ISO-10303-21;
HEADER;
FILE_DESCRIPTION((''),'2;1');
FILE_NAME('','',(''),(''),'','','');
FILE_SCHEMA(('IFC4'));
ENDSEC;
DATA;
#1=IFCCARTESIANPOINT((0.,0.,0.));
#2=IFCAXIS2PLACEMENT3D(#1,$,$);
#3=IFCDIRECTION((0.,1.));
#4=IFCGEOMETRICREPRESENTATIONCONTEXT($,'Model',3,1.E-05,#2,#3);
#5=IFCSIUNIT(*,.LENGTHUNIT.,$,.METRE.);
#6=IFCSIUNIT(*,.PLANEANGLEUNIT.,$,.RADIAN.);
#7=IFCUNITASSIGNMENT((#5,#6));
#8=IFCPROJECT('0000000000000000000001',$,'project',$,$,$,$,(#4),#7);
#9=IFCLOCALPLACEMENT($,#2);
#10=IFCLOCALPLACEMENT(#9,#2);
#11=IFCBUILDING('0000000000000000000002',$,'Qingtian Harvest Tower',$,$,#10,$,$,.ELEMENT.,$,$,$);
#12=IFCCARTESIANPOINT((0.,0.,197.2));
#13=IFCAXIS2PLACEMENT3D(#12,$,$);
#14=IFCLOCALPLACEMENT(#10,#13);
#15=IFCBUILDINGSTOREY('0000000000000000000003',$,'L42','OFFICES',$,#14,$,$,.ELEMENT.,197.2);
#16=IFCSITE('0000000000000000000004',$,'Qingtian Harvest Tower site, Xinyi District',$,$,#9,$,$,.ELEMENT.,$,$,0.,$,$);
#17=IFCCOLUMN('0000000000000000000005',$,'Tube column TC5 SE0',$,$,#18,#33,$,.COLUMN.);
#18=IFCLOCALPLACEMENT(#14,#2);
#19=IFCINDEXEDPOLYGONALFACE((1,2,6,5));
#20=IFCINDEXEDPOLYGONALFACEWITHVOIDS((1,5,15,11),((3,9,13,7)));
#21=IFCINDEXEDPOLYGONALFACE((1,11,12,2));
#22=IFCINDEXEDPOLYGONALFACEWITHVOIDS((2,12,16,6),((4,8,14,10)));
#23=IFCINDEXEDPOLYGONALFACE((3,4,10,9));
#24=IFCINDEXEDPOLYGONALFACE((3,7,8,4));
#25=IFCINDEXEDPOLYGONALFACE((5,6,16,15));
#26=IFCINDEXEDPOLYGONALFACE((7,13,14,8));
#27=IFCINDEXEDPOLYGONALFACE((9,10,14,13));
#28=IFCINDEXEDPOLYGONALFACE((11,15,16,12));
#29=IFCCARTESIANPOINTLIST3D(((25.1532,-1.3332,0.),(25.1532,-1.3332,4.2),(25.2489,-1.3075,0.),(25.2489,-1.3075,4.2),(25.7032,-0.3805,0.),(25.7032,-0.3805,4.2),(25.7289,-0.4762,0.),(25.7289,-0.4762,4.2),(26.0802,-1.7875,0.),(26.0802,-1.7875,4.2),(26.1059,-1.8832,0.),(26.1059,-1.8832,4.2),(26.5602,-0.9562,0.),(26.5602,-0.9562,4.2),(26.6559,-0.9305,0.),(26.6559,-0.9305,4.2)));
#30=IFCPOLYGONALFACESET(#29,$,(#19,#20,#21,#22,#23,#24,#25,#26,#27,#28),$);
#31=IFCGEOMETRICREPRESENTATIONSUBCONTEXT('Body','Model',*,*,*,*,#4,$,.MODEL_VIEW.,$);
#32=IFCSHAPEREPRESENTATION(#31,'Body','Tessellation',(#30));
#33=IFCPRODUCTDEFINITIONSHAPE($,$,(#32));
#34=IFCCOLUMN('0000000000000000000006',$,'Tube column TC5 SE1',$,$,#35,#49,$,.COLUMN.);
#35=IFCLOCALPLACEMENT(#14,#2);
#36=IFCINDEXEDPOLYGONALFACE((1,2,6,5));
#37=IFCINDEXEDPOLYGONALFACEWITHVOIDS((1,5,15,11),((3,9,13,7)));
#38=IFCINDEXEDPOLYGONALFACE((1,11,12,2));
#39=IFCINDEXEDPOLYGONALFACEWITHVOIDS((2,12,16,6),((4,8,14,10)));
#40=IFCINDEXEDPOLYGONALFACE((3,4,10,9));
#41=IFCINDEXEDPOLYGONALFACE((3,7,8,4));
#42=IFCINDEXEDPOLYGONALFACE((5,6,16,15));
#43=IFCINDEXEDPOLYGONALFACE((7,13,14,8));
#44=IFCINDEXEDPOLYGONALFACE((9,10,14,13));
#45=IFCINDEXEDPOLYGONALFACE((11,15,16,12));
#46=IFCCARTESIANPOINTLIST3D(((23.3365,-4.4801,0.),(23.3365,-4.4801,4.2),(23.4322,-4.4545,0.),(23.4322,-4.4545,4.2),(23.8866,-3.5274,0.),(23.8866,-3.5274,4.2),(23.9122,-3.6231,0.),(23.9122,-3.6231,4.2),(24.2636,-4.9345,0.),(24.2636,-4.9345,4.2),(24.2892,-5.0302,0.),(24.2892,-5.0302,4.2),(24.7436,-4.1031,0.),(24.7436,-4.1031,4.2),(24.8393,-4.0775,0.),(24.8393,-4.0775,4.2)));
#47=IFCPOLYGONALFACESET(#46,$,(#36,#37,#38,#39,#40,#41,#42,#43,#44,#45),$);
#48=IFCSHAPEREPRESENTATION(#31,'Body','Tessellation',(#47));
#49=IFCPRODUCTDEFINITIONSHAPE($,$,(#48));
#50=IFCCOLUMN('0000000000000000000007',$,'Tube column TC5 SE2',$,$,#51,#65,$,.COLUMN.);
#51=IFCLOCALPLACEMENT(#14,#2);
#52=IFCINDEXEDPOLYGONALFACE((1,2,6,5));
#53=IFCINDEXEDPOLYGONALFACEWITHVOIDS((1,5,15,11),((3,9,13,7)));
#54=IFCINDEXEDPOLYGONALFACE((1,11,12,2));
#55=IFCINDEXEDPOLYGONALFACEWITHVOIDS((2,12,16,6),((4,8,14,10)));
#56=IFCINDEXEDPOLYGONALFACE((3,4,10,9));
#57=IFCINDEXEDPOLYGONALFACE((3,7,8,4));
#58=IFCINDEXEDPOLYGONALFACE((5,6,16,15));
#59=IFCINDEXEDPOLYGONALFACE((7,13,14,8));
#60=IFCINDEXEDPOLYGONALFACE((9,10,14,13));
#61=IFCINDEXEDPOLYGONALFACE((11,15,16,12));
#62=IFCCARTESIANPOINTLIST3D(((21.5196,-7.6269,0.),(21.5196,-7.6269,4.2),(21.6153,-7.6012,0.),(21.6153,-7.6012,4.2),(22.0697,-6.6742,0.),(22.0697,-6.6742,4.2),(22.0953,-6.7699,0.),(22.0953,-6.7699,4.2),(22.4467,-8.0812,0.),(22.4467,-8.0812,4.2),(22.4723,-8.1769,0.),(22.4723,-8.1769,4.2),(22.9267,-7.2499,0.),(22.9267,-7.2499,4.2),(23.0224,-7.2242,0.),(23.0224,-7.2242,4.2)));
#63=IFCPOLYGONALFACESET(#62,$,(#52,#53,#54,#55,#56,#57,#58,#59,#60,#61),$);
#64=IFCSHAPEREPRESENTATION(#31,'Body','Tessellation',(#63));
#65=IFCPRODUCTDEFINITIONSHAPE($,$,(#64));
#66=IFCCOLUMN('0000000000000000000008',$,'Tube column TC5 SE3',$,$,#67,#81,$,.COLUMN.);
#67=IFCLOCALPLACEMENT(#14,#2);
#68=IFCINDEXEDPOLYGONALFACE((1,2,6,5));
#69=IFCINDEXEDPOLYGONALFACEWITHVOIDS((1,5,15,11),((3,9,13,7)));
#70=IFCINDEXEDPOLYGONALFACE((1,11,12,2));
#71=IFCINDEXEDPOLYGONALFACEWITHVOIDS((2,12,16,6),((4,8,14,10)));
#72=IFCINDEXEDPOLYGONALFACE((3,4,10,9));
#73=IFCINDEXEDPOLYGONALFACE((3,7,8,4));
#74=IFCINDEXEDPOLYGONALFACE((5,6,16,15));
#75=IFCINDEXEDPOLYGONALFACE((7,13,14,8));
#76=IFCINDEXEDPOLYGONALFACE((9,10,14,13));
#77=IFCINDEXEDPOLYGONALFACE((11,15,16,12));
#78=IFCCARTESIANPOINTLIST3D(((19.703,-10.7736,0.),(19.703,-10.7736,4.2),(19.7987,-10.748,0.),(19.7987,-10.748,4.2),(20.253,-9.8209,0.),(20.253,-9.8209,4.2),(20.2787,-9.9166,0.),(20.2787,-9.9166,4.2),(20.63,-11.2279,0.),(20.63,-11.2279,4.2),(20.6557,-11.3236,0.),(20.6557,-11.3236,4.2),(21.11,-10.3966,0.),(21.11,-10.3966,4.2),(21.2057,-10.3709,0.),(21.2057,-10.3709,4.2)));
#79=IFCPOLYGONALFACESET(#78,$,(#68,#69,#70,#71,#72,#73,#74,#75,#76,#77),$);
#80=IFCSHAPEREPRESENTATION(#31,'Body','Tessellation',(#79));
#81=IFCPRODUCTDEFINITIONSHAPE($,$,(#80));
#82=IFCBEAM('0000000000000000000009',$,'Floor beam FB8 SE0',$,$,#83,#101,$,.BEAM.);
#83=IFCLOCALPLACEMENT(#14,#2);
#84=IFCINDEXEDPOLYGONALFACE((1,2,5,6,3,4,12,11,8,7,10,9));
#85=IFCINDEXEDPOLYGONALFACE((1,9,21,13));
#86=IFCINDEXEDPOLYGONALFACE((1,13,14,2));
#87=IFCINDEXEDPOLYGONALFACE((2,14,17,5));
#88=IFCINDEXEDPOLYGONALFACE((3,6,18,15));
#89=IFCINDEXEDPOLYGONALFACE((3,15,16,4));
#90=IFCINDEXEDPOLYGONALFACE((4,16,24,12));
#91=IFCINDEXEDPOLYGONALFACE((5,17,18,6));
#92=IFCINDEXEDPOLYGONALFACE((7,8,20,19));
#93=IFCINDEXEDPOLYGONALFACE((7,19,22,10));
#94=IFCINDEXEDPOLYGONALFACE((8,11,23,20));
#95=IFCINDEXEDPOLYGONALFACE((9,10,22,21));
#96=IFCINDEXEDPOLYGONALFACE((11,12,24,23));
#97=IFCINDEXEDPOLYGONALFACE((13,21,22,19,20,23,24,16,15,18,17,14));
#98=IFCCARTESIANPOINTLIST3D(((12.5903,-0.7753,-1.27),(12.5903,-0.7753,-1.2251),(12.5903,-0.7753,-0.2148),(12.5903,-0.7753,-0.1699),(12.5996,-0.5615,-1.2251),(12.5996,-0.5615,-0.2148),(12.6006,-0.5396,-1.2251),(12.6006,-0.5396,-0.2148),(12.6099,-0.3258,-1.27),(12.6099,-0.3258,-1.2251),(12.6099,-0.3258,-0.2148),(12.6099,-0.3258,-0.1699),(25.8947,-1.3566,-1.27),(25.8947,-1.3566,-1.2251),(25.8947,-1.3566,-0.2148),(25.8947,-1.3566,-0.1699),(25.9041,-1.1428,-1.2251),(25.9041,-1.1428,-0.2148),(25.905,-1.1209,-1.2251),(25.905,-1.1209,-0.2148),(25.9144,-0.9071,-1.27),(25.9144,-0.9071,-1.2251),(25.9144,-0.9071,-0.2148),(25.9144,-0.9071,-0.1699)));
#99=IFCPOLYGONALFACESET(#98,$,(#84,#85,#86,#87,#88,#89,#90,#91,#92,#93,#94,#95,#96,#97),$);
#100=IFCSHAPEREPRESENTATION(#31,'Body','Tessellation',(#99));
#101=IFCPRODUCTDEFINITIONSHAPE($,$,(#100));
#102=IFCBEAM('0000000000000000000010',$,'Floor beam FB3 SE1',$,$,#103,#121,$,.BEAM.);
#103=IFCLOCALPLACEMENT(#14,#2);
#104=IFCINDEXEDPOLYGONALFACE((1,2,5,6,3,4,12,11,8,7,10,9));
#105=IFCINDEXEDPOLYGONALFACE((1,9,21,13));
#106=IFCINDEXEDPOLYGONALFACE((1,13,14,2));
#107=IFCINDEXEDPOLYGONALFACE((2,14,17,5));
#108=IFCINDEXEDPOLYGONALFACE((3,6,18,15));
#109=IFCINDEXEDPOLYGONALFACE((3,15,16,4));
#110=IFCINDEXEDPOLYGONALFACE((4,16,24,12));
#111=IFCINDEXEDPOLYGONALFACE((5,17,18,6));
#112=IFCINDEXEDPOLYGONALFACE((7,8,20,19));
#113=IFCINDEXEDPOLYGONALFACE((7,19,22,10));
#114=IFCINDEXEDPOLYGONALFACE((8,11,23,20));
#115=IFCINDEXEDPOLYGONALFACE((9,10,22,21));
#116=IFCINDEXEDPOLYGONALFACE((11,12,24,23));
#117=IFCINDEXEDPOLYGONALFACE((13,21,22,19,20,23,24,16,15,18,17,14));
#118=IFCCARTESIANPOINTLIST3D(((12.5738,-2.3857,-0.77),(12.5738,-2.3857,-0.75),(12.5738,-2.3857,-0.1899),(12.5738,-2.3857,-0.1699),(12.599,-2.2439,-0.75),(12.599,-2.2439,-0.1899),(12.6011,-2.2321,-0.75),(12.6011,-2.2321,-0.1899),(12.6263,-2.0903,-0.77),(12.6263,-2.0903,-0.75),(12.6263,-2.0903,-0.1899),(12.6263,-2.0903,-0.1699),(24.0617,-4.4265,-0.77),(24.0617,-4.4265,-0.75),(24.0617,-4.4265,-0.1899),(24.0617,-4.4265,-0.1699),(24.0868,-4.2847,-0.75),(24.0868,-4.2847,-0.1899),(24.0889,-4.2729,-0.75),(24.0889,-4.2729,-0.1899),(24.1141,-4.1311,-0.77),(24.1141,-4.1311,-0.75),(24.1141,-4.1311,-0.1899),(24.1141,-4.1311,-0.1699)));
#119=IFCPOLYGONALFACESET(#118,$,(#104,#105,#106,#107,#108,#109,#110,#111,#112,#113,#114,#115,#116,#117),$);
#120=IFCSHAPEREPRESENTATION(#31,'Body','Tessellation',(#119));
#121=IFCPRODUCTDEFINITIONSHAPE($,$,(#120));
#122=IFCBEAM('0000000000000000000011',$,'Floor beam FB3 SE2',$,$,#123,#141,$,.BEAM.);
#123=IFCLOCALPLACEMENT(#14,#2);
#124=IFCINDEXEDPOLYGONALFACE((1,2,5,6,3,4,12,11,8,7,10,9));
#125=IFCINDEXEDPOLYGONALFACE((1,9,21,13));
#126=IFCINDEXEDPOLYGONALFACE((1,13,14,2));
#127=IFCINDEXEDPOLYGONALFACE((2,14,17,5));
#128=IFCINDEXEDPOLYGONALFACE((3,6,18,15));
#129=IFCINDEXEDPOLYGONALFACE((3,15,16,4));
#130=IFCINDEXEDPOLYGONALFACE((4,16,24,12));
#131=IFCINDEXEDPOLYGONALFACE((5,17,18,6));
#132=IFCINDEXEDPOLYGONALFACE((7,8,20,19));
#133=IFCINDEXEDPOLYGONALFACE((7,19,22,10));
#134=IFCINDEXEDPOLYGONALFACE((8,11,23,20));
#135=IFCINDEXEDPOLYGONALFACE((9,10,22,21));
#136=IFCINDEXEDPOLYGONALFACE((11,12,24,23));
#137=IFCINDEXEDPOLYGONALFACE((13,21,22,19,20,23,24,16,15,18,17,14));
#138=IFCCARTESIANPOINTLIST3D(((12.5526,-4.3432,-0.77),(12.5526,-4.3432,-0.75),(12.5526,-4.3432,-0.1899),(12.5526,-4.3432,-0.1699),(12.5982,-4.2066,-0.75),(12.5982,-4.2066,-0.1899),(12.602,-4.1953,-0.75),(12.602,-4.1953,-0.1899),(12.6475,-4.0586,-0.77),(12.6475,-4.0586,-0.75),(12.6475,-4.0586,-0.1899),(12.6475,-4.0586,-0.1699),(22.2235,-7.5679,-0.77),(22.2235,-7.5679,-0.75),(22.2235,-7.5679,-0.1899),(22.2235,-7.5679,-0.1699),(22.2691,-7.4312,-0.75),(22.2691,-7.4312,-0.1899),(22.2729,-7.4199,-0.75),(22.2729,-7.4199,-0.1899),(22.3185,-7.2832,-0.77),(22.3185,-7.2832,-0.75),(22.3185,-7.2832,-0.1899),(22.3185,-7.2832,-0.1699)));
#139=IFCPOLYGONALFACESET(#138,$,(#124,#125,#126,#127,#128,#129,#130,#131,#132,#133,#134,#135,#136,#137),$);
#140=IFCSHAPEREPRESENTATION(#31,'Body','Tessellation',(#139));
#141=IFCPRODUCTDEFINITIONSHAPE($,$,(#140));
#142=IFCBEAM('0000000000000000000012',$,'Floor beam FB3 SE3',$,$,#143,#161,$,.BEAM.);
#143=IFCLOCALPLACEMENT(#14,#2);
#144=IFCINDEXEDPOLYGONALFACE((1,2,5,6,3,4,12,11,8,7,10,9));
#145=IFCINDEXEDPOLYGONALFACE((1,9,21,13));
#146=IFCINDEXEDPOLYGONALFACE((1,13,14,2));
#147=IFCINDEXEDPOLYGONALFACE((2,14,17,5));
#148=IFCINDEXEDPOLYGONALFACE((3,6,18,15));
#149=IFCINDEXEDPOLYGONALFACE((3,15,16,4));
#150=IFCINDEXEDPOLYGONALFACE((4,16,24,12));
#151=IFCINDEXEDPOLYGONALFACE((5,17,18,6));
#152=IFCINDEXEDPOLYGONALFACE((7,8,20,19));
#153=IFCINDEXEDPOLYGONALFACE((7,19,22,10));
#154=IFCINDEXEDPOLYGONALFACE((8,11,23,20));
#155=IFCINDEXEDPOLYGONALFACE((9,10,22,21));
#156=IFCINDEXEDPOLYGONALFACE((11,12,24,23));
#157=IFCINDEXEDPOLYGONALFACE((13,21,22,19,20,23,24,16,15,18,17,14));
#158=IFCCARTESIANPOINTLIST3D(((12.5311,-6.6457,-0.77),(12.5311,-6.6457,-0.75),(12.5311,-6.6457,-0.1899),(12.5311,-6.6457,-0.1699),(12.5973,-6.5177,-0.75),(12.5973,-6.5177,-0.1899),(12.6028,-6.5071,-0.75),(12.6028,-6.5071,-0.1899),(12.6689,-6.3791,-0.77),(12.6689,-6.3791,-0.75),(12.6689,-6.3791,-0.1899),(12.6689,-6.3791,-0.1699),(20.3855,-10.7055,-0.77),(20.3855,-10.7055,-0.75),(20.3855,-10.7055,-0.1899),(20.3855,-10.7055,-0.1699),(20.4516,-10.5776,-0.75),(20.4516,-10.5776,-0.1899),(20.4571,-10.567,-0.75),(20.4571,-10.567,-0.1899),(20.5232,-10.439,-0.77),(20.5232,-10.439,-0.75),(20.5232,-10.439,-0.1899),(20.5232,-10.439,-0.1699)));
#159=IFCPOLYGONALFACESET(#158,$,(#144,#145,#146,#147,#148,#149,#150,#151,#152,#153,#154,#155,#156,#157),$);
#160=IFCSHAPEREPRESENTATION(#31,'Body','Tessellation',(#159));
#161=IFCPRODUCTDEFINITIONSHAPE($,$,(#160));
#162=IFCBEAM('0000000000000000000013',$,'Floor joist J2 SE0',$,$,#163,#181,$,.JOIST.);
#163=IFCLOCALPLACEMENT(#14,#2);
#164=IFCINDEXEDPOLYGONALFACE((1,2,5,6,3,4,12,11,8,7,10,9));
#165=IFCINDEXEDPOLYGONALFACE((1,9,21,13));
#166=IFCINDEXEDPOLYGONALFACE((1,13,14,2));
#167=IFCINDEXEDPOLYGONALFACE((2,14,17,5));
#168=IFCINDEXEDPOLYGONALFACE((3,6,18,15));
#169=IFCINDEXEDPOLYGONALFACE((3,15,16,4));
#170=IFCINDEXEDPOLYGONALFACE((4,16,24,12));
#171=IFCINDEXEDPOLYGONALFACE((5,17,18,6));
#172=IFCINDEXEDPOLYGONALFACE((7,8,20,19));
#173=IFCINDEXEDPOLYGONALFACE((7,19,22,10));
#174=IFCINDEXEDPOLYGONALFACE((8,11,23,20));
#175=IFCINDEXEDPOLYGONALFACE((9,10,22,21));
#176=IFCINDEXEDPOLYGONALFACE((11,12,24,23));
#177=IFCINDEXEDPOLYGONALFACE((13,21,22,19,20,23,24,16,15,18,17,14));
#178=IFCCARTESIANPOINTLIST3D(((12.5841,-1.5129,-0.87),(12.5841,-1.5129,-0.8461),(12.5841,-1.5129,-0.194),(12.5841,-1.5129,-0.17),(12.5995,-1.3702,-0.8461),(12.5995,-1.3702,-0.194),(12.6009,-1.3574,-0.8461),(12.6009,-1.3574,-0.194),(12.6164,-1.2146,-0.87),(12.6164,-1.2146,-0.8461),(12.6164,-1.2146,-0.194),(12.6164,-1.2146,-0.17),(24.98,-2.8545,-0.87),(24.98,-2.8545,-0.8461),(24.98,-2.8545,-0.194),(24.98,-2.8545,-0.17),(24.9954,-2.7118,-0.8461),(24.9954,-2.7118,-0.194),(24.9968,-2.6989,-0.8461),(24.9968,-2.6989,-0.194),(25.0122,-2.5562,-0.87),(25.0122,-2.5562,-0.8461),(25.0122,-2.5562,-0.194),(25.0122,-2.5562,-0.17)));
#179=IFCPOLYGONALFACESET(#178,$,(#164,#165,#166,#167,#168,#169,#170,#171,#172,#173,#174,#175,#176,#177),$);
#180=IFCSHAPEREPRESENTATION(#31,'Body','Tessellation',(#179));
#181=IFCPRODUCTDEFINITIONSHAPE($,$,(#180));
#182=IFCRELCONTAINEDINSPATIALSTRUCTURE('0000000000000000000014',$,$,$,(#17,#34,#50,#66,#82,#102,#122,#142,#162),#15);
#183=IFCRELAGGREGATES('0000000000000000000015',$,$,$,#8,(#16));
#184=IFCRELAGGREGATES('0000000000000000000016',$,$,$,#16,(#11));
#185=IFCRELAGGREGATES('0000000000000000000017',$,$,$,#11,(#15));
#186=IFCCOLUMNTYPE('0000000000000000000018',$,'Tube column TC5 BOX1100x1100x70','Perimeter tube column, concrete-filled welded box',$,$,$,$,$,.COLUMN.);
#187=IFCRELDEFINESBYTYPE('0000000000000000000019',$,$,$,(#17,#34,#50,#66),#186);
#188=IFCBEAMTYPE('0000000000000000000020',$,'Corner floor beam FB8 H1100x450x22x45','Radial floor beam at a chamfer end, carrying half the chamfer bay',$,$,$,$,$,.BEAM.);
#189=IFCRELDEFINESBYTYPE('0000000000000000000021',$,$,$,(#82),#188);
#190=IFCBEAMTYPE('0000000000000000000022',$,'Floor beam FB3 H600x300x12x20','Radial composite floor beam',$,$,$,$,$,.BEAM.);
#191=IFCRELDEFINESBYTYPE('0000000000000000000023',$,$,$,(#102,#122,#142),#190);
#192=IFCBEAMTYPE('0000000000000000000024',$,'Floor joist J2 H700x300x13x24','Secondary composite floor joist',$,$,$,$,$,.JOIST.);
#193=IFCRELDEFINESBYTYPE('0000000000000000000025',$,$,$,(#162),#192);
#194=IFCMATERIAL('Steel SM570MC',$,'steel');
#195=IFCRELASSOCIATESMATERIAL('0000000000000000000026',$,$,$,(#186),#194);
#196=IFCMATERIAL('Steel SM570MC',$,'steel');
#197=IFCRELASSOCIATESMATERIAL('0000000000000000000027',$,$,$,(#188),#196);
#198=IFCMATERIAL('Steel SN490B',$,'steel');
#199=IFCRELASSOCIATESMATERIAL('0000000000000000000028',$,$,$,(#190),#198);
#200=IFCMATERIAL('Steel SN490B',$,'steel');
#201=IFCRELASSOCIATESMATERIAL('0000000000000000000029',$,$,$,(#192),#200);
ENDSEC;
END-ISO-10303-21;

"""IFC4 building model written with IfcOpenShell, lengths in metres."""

from ifc_helpers import new_model, si_unit, direction, frame, origin, origin_2d, place, context, subcontext, project, spatial, hollow_rectangle, i_section, extrude, material, material_profile, profile_set, type_object, element, save


model = new_model("IFC4")

# Units and contexts
model_context = context("Model", 3, precision=1e-05, world=origin(), true_north=direction((0.0, 1.0)))
body_context = subcontext(model_context, "Body", "Model", "MODEL_VIEW")
ifc_project = project(units=[si_unit("LENGTHUNIT", "METRE"), si_unit("PLANEANGLEUNIT", "RADIAN")], contexts=[model_context])

# Site, building, storey
site_placement = place(None, origin())
site = spatial("IfcSite", under=ifc_project, at=site_placement, Name="Qingtian Harvest Tower site, Xinyi District", CompositionType="ELEMENT", RefElevation=0.0)
building_placement = place(site_placement, origin())
building = spatial("IfcBuilding", under=site, at=building_placement, Name="Qingtian Harvest Tower", CompositionType="ELEMENT")
storey_placement = place(building_placement, frame((0.0, 0.0, 197.2)))
storey = spatial("IfcBuildingStorey", under=building, at=storey_placement, Name="L42", Description="OFFICES", CompositionType="ELEMENT", Elevation=197.2)

# Columns
ifc_material_1 = material(Name="Steel SM570MC", Category="steel")
ifc_material_profile_1 = material_profile(ifc_material_1, hollow_rectangle(XDim=1.1001, YDim=1.1001, WallThickness=0.0701, at=origin_2d()), Name="BOX1100x1100x70")
ifc_profile_set_1 = profile_set([ifc_material_profile_1], Name="Steel SM570MC")
column_type = type_object("IfcColumnType", Name="Tube column TC5 BOX1100x1100x70", Description="Perimeter tube column, concrete-filled welded box", PredefinedType="COLUMN", material=ifc_profile_set_1)
for number, where, z_axis, x_axis, name in (
    (1, (25.9045, -1.1318, 0.0), (0.0, 0.0, 1.0), (0.5, 0.866025, 0.0), "Tube column TC5 SE0"),
    (2, (24.0879, -4.2788, 0.0), (0.0, 0.0, 1.0), (0.5, 0.866025, 0.0), "Tube column TC5 SE1"),
    (3, (22.271, -7.4255, 0.0), (0.0, 0.0, 1.0), (0.5, 0.866025, 0.0), "Tube column TC5 SE2"),
    (4, (20.4543, -10.5723, 0.0), (0.0, 0.0, 1.0), (0.5, 0.866025, 0.0), "Tube column TC5 SE3"),
):
    element("IfcColumn", number, at=place(storey_placement, frame(where, z_axis=z_axis, x_axis=x_axis)), inside=storey, type_object=column_type, Name=name, PredefinedType="COLUMN", context=body_context, shape_type="SweptSolid", body=[
        extrude(hollow_rectangle(XDim=1.1001, YDim=1.1001, WallThickness=0.0701, at=origin_2d()), origin(), (0.0, 0.0, 1.0), 4.2),
    ])

# Beams
ifc_material_2 = material(Name="Steel SM570MC", Category="steel")
ifc_material_profile_2 = material_profile(ifc_material_2, i_section(OverallWidth=0.45, OverallDepth=1.1001, WebThickness=0.022, FlangeThickness=0.0449, at=origin_2d()), Name="H1100x450x22x45")
ifc_profile_set_2 = profile_set([ifc_material_profile_2], Name="Steel SM570MC")
beam_type_1 = type_object("IfcBeamType", Name="Corner floor beam FB8 H1100x450x22x45", Description="Radial floor beam at a chamfer end, carrying half the chamfer bay", PredefinedType="BEAM", material=ifc_profile_set_2)
beam_1_placement = place(storey_placement, frame((25.9045, -1.1318, -0.72), z_axis=(-0.999047, 0.04365, 0.0), x_axis=(-0.04365, -0.999047, 0.0)))
element("IfcBeam", 5, at=beam_1_placement, inside=storey, type_object=beam_type_1, Name="Floor beam FB8 SE0", PredefinedType="BEAM", context=body_context, shape_type="SweptSolid", body=[
    extrude(i_section(OverallWidth=0.45, OverallDepth=1.1001, WebThickness=0.022, FlangeThickness=0.0449, at=origin_2d()), origin(), (0.0, 0.0, 1.0), 13.3171),
])
ifc_material_3 = material(Name="Steel SN490B", Category="steel")
ifc_material_profile_3 = material_profile(ifc_material_3, i_section(OverallWidth=0.3, OverallDepth=0.6001, WebThickness=0.012, FlangeThickness=0.02, at=origin_2d()), Name="H600x300x12x20")
ifc_profile_set_3 = profile_set([ifc_material_profile_3], Name="Steel SN490B")
beam_type_2 = type_object("IfcBeamType", Name="Floor beam FB3 H600x300x12x20", Description="Radial composite floor beam", PredefinedType="BEAM", material=ifc_profile_set_3)
beam_2_placement = place(storey_placement, frame((24.0879, -4.2788, -0.47), z_axis=(-0.984585, 0.174908, 0.0), x_axis=(-0.174908, -0.984585, 0.0)))
element("IfcBeam", 6, at=beam_2_placement, inside=storey, type_object=beam_type_2, Name="Floor beam FB3 SE1", PredefinedType="BEAM", context=body_context, shape_type="SweptSolid", body=[
    extrude(i_section(OverallWidth=0.3, OverallDepth=0.6001, WebThickness=0.012, FlangeThickness=0.02, at=origin_2d()), origin(), (0.0, 0.0, 1.0), 11.6677),
])
beam_3_placement = place(storey_placement, frame((22.271, -7.4255, -0.47), z_axis=(-0.948655, 0.316314, 0.0), x_axis=(-0.316314, -0.948655, 0.0)))
element("IfcBeam", 7, at=beam_3_placement, inside=storey, type_object=beam_type_2, Name="Floor beam FB3 SE2", PredefinedType="BEAM", context=body_context, shape_type="SweptSolid", body=[
    extrude(i_section(OverallWidth=0.3, OverallDepth=0.6001, WebThickness=0.012, FlangeThickness=0.02, at=origin_2d()), origin(), (0.0, 0.0, 1.0), 10.1943),
])
beam_4_placement = place(storey_placement, frame((20.4543, -10.5723, -0.47), z_axis=(-0.888344, 0.45918, 0.0), x_axis=(-0.45918, -0.888344, 0.0)))
element("IfcBeam", 8, at=beam_4_placement, inside=storey, type_object=beam_type_2, Name="Floor beam FB3 SE3", PredefinedType="BEAM", context=body_context, shape_type="SweptSolid", body=[
    extrude(i_section(OverallWidth=0.3, OverallDepth=0.6001, WebThickness=0.012, FlangeThickness=0.02, at=origin_2d()), origin(), (0.0, 0.0, 1.0), 8.8416),
])
ifc_material_4 = material(Name="Steel SN490B", Category="steel")
ifc_material_profile_4 = material_profile(ifc_material_4, i_section(OverallWidth=0.3, OverallDepth=0.7, WebThickness=0.0129, FlangeThickness=0.0239, at=origin_2d()), Name="H700x300x13x24")
ifc_profile_set_4 = profile_set([ifc_material_profile_4], Name="Steel SN490B")
beam_type_3 = type_object("IfcBeamType", Name="Floor joist J2 H700x300x13x24", Description="Secondary composite floor joist", PredefinedType="JOIST", material=ifc_profile_set_4)
beam_5_placement = place(storey_placement, frame((24.9961, -2.7053, -0.52), z_axis=(-0.994195, 0.107596, 0.0), x_axis=(-0.107596, -0.994195, 0.0)))
element("IfcBeam", 9, at=beam_5_placement, inside=storey, type_object=beam_type_3, Name="Floor joist J2 SE0", PredefinedType="JOIST", context=body_context, shape_type="SweptSolid", body=[
    extrude(i_section(OverallWidth=0.3, OverallDepth=0.7, WebThickness=0.0129, FlangeThickness=0.0239, at=origin_2d()), origin(), (0.0, 0.0, 1.0), 12.4683),
])

save(model, "model.ifc")
